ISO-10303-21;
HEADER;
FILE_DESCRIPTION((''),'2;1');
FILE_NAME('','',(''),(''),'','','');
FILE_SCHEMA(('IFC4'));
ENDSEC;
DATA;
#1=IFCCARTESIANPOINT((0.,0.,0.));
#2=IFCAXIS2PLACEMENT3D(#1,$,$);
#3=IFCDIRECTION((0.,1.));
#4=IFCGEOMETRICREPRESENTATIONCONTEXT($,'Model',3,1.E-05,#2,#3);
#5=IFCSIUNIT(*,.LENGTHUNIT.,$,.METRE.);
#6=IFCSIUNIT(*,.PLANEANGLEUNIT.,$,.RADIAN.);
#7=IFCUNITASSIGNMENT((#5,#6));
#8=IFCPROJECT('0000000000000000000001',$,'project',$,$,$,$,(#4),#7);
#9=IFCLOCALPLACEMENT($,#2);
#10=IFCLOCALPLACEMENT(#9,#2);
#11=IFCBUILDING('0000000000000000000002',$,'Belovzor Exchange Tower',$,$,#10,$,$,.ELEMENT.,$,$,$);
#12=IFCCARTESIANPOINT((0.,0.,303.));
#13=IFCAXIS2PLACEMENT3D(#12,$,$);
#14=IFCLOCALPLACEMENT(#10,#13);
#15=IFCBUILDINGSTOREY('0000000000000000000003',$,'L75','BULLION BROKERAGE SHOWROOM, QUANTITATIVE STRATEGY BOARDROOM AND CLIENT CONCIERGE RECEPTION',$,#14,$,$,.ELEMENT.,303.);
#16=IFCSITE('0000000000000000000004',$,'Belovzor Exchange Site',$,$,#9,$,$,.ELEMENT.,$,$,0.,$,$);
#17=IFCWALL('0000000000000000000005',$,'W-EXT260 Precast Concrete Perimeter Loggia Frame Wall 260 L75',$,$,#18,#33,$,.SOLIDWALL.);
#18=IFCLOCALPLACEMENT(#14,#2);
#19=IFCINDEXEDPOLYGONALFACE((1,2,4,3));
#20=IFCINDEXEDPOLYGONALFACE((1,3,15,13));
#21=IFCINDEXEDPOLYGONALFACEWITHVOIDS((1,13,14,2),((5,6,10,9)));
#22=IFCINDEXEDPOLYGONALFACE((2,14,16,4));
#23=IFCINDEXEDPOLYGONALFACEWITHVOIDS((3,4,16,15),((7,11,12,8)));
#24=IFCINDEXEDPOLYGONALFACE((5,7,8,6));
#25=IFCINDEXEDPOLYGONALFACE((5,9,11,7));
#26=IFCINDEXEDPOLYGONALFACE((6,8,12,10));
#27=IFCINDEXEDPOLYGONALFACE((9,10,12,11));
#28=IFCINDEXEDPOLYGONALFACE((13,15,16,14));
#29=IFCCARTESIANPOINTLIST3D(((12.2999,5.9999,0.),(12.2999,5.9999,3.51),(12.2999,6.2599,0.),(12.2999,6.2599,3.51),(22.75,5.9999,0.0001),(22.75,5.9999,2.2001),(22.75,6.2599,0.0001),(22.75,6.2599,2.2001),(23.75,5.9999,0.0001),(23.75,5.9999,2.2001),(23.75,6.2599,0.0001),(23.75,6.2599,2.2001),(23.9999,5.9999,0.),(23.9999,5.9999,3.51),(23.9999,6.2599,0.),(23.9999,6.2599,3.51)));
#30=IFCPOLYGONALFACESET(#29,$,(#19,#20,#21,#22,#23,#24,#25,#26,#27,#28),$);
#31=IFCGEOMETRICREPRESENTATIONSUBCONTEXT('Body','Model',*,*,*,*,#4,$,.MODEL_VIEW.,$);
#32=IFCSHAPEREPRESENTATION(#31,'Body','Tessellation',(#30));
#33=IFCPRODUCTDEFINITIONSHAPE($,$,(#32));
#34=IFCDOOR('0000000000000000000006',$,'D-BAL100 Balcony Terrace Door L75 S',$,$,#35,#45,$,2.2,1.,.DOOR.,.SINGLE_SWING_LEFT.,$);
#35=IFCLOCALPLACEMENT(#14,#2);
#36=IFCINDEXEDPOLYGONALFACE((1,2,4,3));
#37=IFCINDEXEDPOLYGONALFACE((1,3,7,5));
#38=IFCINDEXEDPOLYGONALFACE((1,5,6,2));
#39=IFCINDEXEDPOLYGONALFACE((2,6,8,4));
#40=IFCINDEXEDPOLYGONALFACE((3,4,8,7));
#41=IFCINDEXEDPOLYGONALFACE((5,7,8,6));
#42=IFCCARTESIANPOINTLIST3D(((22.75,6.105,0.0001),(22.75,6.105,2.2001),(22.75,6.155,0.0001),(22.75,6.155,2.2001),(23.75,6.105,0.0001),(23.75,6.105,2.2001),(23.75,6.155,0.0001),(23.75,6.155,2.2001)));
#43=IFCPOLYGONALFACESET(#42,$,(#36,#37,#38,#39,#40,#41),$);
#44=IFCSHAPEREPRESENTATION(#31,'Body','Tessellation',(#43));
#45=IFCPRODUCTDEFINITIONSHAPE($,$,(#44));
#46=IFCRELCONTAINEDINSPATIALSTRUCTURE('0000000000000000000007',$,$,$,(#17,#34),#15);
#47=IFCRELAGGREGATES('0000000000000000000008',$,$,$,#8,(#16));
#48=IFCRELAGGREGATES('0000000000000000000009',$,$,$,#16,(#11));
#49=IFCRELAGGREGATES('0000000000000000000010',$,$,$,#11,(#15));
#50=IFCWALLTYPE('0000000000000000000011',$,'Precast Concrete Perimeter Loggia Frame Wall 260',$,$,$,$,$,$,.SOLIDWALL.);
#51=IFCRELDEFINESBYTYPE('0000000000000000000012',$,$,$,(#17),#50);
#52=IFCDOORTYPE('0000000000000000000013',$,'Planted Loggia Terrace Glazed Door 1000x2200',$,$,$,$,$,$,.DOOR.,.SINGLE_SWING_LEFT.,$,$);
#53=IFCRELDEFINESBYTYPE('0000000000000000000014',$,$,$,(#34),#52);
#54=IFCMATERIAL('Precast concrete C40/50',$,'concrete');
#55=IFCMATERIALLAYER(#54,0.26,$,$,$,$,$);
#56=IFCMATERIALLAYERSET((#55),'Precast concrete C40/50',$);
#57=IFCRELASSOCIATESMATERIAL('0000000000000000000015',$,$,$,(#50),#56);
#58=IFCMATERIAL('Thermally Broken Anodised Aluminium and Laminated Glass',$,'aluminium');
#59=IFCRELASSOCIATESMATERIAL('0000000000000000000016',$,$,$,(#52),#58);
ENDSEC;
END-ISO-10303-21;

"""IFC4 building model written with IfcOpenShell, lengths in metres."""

from ifc_helpers import new_model, si_unit, direction, frame, frame_2d, origin, place, context, subcontext, project, spatial, rectangle, extrude, material, layer, layer_set, type_object, element, fill, save


model = new_model("IFC4")

# Units and contexts
model_context = context("Model", 3, precision=1e-05, world=origin(), true_north=direction((0.0, 1.0)))
body_context = subcontext(model_context, "Body", "Model", "MODEL_VIEW")
ifc_project = project(units=[si_unit("LENGTHUNIT", "METRE"), si_unit("PLANEANGLEUNIT", "RADIAN")], contexts=[model_context])

# Site, building, storey
site_placement = place(None, origin())
site = spatial("IfcSite", under=ifc_project, at=site_placement, Name="Belovzor Exchange Site", CompositionType="ELEMENT", RefElevation=0.0)
building_placement = place(site_placement, origin())
building = spatial("IfcBuilding", under=site, at=building_placement, Name="Belovzor Exchange Tower", CompositionType="ELEMENT")
storey_placement = place(building_placement, frame((0.0, 0.0, 303.0)))
storey = spatial("IfcBuildingStorey", under=building, at=storey_placement, Name="L75", Description="BULLION BROKERAGE SHOWROOM, QUANTITATIVE STRATEGY BOARDROOM AND CLIENT CONCIERGE RECEPTION", CompositionType="ELEMENT", Elevation=303.0)

# Wall, opening, door
ifc_material_1 = material(Name="Precast concrete C40/50", Category="concrete")
ifc_layer_1 = layer(ifc_material_1, 0.26)
ifc_layer_set_1 = layer_set([ifc_layer_1], Name="Precast concrete C40/50")
wall_type_1 = type_object("IfcWallType", Name="Precast Concrete Perimeter Loggia Frame Wall 260", PredefinedType="SOLIDWALL", material=ifc_layer_set_1)
wall_1_placement = place(storey_placement, frame((24.0, 6.1299, 0.0), z_axis=(0.0, 0.0, 1.0), x_axis=(-1.0, 0.0, 0.0)))
wall_1 = element("IfcWall", 1, at=wall_1_placement, inside=storey, type_object=wall_type_1, Name="W-EXT260 Precast Concrete Perimeter Loggia Frame Wall 260 L75", PredefinedType="SOLIDWALL", context=body_context, shape_type="SweptSolid", body=[
    extrude(rectangle(XDim=11.7, YDim=0.26, at=frame_2d((5.8501, 0.0))), origin(), (0.0, 0.0, 1.0), 3.51),
])
opening_1_placement = place(wall_1_placement, frame((0.25, 0.0, 0.0)))
opening_1 = element("IfcOpeningElement", 2, at=opening_1_placement, cuts=wall_1, PredefinedType="OPENING", context=body_context, shape_type="SweptSolid", body=[
    extrude(rectangle(XDim=1.0, YDim=2.2, at=frame_2d((0.5, 1.1001))), frame((0.0, 0.1399, 0.0), z_axis=(0.0, -1.0, 0.0), x_axis=(1.0, 0.0, 0.0)), (0.0, 0.0, 1.0), 0.28),
])
ifc_material_2 = material(Name="Thermally Broken Anodised Aluminium and Laminated Glass", Category="aluminium")
door_type_1 = type_object("IfcDoorType", Name="Planted Loggia Terrace Glazed Door 1000x2200", OperationType="SINGLE_SWING_LEFT", PredefinedType="DOOR", material=ifc_material_2)
door_1_placement = place(opening_1_placement, origin())
door_1 = element("IfcDoor", 3, at=door_1_placement, inside=storey, type_object=door_type_1, Name="D-BAL100 Balcony Terrace Door L75 S", OperationType="SINGLE_SWING_LEFT", OverallHeight=2.2, OverallWidth=1.0, PredefinedType="DOOR", context=body_context, shape_type="SweptSolid", body=[
    extrude(rectangle(XDim=1.0, YDim=2.2, at=frame_2d((0.5, 1.1001))), frame((0.0, 0.0249, 0.0), z_axis=(0.0, -1.0, 0.0), x_axis=(1.0, 0.0, 0.0)), (0.0, 0.0, 1.0), 0.05),
])
fill(opening_1, door_1)

save(model, "model.ifc")
